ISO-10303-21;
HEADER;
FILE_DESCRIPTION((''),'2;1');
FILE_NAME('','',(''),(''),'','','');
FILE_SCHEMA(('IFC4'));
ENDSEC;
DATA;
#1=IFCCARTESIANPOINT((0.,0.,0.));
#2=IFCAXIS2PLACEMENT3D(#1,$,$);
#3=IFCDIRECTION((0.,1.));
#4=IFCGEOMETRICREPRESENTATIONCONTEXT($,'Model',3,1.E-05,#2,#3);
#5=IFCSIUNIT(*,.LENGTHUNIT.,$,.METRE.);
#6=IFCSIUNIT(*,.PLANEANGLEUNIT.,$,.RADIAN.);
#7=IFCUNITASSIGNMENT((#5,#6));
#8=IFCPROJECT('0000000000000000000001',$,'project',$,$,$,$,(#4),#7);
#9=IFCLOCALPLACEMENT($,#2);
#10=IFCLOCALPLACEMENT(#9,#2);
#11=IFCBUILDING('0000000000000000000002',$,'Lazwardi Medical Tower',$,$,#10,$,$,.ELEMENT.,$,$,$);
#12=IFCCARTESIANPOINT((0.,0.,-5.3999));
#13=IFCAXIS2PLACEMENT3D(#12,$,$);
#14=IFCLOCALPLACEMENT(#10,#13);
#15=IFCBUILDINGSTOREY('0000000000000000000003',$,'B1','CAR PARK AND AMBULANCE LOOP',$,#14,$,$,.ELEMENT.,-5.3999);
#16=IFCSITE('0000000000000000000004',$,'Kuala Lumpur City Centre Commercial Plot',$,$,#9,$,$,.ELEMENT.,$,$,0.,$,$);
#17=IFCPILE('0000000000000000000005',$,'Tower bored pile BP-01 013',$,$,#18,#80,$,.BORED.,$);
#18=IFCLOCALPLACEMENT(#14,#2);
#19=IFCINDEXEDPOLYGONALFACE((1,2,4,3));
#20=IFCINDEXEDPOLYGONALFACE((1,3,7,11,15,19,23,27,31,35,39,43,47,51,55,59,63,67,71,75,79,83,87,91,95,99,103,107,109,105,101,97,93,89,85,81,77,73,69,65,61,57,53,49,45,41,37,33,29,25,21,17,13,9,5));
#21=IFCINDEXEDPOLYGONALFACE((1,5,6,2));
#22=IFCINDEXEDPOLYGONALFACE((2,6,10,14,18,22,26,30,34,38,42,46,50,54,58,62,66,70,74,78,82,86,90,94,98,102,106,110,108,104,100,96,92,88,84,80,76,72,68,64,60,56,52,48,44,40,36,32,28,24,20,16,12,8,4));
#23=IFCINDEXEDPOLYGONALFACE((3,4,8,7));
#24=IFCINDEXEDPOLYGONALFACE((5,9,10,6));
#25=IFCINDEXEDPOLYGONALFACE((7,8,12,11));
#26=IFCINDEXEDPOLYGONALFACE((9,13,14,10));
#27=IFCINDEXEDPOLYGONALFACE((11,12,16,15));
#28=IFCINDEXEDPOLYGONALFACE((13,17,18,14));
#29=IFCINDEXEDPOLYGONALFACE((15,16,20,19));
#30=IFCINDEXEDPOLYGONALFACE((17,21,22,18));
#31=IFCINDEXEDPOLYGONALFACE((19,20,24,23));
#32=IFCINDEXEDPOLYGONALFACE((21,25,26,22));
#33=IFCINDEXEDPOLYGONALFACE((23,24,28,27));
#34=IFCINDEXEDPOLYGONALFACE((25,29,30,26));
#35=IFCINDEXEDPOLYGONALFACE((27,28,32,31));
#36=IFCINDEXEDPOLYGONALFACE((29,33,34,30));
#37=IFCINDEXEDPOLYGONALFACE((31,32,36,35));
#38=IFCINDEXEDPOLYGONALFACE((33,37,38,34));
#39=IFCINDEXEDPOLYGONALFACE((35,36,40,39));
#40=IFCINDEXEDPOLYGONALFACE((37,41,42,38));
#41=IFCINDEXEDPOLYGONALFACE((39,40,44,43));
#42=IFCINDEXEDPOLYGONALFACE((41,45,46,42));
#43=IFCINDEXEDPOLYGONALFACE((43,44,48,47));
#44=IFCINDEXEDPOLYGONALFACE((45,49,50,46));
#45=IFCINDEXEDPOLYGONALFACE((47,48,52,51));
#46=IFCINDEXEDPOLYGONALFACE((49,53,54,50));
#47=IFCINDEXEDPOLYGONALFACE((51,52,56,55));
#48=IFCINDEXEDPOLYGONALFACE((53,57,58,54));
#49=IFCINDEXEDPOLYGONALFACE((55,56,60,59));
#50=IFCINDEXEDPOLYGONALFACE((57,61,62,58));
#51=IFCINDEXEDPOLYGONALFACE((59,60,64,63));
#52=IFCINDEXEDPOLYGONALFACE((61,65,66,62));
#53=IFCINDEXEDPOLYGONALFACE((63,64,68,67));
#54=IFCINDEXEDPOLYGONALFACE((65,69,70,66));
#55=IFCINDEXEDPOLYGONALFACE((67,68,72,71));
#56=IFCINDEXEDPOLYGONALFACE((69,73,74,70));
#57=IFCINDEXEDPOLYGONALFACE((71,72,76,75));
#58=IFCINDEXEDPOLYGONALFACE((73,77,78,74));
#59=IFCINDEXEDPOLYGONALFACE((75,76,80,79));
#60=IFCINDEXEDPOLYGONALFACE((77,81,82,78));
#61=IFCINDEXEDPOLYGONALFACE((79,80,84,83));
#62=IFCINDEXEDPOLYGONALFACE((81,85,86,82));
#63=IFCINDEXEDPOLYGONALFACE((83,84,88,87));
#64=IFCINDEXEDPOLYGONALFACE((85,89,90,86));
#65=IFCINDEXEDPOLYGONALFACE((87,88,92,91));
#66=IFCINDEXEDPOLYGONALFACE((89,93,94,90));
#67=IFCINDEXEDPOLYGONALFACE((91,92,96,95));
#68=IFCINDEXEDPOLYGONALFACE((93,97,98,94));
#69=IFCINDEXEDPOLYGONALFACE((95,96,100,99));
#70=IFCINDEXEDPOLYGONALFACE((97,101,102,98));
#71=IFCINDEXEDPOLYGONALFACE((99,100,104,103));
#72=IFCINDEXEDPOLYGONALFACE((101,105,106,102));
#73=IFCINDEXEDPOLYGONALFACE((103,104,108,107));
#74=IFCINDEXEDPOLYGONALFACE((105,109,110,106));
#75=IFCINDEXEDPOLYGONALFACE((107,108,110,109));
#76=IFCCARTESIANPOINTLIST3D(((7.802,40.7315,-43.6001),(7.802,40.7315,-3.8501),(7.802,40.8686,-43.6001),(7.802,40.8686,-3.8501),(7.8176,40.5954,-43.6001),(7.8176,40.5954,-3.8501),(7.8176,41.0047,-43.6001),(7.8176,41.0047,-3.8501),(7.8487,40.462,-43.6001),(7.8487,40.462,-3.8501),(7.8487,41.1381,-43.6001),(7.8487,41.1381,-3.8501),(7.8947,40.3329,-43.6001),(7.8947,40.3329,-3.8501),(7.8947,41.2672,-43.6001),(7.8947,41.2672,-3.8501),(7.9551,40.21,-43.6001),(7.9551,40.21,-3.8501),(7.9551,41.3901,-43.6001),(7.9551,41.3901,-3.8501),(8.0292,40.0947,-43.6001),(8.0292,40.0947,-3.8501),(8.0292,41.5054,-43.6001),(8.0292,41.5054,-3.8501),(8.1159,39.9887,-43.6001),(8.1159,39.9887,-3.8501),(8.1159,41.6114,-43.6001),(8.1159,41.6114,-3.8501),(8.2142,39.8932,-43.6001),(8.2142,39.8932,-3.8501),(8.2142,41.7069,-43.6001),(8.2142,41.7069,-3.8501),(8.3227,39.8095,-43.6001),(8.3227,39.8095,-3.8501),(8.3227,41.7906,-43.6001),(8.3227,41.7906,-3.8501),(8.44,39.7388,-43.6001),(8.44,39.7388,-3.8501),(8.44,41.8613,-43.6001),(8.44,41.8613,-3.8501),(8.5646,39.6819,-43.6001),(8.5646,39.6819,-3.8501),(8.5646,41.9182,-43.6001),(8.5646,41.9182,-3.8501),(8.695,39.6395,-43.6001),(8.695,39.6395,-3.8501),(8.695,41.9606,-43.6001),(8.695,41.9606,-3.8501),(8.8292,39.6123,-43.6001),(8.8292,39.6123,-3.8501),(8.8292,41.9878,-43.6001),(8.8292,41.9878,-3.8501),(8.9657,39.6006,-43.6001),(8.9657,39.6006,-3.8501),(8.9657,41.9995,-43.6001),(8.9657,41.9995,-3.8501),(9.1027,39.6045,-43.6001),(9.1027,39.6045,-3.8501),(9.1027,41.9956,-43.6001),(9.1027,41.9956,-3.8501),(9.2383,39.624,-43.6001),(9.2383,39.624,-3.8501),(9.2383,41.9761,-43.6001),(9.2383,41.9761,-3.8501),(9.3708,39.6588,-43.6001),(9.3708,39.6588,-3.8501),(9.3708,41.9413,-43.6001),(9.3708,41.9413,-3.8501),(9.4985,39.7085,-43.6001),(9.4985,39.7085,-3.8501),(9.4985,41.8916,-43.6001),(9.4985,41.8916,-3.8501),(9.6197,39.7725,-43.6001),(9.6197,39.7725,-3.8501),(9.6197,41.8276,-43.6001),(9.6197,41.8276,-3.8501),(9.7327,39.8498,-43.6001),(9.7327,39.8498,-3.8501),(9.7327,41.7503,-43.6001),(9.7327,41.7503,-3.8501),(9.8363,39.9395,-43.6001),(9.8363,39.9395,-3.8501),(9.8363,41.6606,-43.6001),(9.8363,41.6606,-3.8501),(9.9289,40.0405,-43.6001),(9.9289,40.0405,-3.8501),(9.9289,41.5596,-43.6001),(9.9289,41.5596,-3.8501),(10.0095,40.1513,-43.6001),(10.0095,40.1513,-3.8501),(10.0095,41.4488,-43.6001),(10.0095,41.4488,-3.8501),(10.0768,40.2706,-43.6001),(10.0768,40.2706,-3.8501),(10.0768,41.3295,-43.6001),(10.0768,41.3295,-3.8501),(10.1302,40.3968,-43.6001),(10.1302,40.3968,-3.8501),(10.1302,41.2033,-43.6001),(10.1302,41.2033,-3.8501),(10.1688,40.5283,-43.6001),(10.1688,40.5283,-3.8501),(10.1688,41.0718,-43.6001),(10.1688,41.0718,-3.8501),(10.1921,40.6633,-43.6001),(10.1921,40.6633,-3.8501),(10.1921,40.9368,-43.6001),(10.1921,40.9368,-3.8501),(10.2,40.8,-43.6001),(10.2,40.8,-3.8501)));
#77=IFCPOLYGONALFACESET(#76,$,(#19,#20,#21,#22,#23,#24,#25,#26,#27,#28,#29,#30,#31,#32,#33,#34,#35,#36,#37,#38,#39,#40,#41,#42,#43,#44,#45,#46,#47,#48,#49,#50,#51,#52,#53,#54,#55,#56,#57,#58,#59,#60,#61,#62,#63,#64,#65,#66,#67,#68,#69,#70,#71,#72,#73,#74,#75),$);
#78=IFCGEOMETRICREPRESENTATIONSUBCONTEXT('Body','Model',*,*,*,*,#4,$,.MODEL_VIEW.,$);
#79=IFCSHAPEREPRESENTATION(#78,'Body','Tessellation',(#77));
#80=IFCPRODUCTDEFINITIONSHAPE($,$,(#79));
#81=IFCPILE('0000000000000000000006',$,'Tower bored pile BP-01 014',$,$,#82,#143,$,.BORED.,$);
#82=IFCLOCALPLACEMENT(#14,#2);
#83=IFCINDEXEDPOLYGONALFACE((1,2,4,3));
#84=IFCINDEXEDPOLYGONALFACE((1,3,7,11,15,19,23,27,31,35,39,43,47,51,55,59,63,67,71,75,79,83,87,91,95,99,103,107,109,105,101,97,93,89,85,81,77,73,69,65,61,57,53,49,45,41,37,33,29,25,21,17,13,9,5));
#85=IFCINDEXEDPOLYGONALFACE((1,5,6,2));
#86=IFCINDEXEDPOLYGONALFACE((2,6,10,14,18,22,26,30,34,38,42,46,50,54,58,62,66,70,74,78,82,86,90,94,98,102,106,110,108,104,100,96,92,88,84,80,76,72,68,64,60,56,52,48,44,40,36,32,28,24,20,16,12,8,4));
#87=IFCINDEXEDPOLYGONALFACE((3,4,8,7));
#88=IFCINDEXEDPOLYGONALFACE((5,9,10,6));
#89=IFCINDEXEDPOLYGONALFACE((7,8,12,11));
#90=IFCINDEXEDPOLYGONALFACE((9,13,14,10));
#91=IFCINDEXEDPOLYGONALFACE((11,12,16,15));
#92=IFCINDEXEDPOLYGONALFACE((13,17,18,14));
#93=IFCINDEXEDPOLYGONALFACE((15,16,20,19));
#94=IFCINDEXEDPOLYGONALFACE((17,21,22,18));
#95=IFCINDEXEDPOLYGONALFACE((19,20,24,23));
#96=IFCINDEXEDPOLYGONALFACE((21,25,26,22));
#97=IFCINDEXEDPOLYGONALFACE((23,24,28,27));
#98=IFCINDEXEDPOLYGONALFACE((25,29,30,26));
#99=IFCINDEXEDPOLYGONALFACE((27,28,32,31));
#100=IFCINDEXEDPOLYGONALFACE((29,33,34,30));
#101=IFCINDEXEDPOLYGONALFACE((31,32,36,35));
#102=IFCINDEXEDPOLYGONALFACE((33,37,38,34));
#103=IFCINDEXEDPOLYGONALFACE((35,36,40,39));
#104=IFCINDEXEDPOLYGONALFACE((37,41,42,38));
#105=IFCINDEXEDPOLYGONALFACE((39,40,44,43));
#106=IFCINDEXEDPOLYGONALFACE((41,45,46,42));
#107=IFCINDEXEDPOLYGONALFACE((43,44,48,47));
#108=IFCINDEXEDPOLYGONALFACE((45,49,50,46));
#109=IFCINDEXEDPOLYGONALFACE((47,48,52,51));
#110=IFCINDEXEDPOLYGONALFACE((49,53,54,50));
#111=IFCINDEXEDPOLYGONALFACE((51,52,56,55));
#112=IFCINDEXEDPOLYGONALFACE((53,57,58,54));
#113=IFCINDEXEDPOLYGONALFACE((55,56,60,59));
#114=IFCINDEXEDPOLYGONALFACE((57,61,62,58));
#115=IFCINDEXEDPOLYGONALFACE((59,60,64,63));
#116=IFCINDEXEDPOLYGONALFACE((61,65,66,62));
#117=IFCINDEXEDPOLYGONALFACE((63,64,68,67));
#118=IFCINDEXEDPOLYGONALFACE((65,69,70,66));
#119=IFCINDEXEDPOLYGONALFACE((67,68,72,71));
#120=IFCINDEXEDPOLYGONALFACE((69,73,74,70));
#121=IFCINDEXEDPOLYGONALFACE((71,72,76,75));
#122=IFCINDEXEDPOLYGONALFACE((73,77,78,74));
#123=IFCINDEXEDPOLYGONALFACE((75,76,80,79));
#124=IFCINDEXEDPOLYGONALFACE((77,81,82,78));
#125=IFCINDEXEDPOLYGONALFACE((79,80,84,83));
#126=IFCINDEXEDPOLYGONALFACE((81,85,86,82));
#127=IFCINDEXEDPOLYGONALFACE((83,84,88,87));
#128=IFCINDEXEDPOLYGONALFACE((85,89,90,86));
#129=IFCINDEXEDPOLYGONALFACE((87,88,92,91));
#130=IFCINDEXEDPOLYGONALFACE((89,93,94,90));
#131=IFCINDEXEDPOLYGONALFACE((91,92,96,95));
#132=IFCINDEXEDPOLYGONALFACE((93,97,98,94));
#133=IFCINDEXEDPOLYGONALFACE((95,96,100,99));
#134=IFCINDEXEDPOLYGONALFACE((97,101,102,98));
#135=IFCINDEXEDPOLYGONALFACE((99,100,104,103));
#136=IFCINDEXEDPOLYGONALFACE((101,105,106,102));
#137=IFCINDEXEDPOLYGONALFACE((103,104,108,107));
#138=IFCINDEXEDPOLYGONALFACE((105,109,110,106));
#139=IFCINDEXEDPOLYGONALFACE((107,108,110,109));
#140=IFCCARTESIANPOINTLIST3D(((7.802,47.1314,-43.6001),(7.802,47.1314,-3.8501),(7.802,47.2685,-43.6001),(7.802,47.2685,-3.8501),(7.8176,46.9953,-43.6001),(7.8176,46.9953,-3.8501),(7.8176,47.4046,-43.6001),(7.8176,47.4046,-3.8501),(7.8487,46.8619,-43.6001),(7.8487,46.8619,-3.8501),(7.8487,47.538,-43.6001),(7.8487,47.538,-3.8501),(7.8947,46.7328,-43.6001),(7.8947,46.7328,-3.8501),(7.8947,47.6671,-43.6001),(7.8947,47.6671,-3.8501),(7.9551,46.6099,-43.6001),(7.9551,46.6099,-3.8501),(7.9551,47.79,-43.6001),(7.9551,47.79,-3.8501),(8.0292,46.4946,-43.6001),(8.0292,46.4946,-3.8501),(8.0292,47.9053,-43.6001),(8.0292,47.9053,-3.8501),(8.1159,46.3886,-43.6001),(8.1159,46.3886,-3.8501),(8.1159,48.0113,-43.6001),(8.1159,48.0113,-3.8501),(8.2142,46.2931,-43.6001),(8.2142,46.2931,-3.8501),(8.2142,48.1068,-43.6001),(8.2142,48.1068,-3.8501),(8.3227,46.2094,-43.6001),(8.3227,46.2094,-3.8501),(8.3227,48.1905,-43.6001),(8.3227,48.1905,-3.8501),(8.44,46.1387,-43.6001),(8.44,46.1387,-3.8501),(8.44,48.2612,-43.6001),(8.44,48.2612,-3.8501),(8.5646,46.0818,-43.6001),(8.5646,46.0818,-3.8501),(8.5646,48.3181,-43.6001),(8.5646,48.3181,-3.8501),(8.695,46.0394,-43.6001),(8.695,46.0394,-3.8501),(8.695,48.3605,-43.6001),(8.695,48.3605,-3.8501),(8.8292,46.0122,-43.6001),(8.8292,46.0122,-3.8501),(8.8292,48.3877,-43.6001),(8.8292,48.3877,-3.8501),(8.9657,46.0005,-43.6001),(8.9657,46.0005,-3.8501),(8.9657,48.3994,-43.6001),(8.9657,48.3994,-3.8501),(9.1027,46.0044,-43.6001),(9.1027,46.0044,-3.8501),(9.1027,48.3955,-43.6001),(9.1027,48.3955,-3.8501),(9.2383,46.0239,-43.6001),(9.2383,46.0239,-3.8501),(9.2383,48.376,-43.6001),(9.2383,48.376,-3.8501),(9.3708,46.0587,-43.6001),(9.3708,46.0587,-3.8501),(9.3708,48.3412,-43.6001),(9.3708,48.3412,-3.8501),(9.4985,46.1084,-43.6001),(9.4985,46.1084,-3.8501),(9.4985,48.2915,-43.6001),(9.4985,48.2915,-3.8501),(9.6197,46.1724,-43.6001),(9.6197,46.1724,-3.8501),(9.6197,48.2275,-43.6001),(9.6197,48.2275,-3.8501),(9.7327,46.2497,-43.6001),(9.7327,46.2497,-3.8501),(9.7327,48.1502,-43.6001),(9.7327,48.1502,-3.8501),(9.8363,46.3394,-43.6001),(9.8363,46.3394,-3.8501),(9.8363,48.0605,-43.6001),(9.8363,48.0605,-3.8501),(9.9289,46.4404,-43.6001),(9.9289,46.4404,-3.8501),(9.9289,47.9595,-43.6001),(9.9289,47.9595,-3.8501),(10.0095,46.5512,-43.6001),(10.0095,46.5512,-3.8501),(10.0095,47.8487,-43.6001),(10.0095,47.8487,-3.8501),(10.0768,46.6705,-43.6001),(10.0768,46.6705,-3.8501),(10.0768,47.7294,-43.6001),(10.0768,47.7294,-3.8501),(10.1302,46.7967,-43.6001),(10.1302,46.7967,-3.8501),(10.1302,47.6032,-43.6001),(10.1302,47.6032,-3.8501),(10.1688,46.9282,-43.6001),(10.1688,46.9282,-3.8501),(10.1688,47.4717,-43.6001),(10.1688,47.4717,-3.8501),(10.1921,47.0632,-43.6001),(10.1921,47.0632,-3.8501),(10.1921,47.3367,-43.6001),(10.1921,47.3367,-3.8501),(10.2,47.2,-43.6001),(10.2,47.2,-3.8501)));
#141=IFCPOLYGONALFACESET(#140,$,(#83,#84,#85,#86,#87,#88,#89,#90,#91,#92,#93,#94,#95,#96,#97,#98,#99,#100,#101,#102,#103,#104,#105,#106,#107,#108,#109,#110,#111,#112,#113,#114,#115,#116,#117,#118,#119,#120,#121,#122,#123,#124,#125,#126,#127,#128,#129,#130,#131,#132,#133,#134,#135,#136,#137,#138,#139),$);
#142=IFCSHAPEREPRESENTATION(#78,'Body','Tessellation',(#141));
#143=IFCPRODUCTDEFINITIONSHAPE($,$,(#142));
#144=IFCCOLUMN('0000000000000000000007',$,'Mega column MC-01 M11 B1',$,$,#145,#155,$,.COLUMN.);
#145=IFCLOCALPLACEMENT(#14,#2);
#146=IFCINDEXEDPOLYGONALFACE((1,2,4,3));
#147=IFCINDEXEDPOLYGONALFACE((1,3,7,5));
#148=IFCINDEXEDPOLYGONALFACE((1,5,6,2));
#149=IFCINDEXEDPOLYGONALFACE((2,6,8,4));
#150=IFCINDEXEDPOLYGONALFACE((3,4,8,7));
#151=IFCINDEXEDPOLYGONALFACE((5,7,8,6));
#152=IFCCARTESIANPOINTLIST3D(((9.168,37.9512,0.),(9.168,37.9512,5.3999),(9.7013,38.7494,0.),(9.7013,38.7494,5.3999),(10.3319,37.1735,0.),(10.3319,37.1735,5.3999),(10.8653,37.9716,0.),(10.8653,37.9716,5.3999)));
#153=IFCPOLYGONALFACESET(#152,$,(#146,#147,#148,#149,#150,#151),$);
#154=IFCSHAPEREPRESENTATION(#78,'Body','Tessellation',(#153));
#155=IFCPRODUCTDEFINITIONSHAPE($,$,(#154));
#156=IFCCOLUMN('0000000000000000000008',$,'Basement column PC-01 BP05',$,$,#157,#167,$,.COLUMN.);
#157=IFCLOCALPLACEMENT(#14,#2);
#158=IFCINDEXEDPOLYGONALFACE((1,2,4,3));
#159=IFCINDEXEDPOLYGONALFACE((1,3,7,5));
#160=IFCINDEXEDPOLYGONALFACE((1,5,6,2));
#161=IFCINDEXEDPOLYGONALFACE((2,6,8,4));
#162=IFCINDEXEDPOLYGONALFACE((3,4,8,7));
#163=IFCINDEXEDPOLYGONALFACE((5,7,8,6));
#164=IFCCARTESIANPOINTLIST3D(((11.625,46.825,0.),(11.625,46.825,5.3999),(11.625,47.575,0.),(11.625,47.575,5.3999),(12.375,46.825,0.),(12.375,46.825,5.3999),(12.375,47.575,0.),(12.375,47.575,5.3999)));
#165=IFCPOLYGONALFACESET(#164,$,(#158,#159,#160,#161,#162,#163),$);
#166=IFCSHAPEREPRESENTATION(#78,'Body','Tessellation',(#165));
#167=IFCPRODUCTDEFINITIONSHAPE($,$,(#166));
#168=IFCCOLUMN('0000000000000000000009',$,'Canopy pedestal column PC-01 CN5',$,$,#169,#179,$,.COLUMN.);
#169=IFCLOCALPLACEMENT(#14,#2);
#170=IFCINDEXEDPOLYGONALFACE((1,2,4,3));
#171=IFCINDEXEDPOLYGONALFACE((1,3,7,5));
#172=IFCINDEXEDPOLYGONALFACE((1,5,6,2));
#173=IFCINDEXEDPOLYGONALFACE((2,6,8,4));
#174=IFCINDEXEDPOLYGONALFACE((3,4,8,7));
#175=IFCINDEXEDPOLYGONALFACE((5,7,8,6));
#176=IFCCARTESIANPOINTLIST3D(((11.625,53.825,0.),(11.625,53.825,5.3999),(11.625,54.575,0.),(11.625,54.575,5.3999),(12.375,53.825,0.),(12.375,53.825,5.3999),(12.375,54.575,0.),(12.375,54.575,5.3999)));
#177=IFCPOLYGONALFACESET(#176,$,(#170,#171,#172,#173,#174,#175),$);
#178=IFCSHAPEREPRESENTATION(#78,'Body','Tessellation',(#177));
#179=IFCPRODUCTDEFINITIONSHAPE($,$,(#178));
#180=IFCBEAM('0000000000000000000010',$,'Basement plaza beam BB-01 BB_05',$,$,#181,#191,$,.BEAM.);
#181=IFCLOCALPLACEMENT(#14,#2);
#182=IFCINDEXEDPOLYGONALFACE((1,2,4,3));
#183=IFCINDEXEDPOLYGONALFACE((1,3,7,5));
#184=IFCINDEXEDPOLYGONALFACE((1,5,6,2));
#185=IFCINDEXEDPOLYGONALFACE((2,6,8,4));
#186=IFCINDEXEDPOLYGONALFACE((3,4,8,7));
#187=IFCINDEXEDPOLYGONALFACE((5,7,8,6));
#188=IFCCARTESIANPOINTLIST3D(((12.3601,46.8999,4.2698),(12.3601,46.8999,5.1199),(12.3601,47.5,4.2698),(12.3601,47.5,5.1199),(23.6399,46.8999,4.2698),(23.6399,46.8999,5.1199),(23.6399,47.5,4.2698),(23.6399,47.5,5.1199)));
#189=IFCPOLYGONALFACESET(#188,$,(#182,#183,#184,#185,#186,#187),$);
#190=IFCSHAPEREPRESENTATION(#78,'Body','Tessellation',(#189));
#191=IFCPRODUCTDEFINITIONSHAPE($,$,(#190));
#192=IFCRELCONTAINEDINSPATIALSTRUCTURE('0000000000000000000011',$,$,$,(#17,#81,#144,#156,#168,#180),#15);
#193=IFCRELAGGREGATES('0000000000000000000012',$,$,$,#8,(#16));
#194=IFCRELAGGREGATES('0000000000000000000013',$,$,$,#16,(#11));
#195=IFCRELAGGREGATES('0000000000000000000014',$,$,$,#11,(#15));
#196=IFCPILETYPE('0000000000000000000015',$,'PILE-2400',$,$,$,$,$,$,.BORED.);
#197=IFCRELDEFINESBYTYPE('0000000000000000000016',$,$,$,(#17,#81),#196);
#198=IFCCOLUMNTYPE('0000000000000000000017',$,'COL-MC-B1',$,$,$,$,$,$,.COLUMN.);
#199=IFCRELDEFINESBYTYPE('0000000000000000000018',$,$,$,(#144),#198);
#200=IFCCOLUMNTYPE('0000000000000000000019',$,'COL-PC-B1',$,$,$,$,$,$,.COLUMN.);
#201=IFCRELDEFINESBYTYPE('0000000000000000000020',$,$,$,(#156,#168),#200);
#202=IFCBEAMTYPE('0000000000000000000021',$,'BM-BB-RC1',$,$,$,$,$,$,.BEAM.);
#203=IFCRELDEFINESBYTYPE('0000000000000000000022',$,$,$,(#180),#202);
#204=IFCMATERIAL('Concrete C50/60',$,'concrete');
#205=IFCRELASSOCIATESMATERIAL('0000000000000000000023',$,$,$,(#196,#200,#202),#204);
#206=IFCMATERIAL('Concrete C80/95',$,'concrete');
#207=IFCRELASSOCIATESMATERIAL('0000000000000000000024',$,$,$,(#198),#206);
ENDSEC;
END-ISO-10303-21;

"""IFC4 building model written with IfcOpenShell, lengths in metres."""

from ifc_helpers import new_model, si_unit, direction, frame, origin, origin_2d, place, context, subcontext, project, spatial, rectangle, circle, extrude, material, material_profile, profile_set, type_object, element, save


model = new_model("IFC4")

# Units and contexts
model_context = context("Model", 3, precision=1e-05, world=origin(), true_north=direction((0.0, 1.0)))
body_context = subcontext(model_context, "Body", "Model", "MODEL_VIEW")
ifc_project = project(units=[si_unit("LENGTHUNIT", "METRE"), si_unit("PLANEANGLEUNIT", "RADIAN")], contexts=[model_context])

# Site, building, storey
site_placement = place(None, origin())
site = spatial("IfcSite", under=ifc_project, at=site_placement, Name="Kuala Lumpur City Centre Commercial Plot", CompositionType="ELEMENT", RefElevation=0.0)
building_placement = place(site_placement, origin())
building = spatial("IfcBuilding", under=site, at=building_placement, Name="Lazwardi Medical Tower", CompositionType="ELEMENT")
storey_placement = place(building_placement, frame((0.0, 0.0, -5.3999)))
storey = spatial("IfcBuildingStorey", under=building, at=storey_placement, Name="B1", Description="CAR PARK AND AMBULANCE LOOP", CompositionType="ELEMENT", Elevation=-5.3999)

# Piles
ifc_material_1 = material(Name="Concrete C50/60", Category="concrete")
ifc_material_profile_1 = material_profile(ifc_material_1, circle(Radius=1.2, at=origin_2d()), Name="BORED PILE D2400")
ifc_profile_set_1 = profile_set([ifc_material_profile_1], Name="Concrete C50/60")
pile_type_1 = type_object("IfcPileType", Name="PILE-2400", PredefinedType="BORED", material=ifc_profile_set_1)
for number, where, z_axis, x_axis, name in (
    (1, (9.0, 40.8, -3.8501), (0.0, 0.0, -1.0), (1.0, 0.0, 0.0), "Tower bored pile BP-01 013"),
    (2, (9.0, 47.2, -3.8501), (0.0, 0.0, -1.0), (1.0, 0.0, 0.0), "Tower bored pile BP-01 014"),
):
    element("IfcPile", number, at=place(storey_placement, frame(where, z_axis=z_axis, x_axis=x_axis)), inside=storey, type_object=pile_type_1, Name=name, PredefinedType="BORED", context=body_context, shape_type="SweptSolid", body=[
        extrude(circle(Radius=1.2, at=origin_2d()), origin(), (0.0, 0.0, 1.0), 39.75),
    ])

# Columns
ifc_material_2 = material(Name="Concrete C80/95", Category="concrete")
ifc_material_profile_2 = material_profile(ifc_material_2, rectangle(XDim=1.3999, YDim=0.96, at=origin_2d()), Name="CFT-RECT 1400x960")
ifc_profile_set_2 = profile_set([ifc_material_profile_2], Name="Concrete C80/95")
column_type_1 = type_object("IfcColumnType", Name="COL-MC-B1", PredefinedType="COLUMN", material=ifc_profile_set_2)
column_placement = place(storey_placement, frame((10.0166, 37.9614, 0.0), z_axis=(0.0, 0.0, 1.0), x_axis=(-0.83147, 0.55557, 0.0)))
element("IfcColumn", 3, at=column_placement, inside=storey, type_object=column_type_1, Name="Mega column MC-01 M11 B1", PredefinedType="COLUMN", context=body_context, shape_type="SweptSolid", body=[
    extrude(rectangle(XDim=1.3999, YDim=0.96, at=origin_2d()), origin(), (0.0, 0.0, 1.0), 5.3999),
])
ifc_material_profile_3 = material_profile(ifc_material_1, rectangle(XDim=0.75, YDim=0.75, at=origin_2d()), Name="RC 750x750")
ifc_profile_set_3 = profile_set([ifc_material_profile_3], Name="Concrete C50/60")
column_type_2 = type_object("IfcColumnType", Name="COL-PC-B1", PredefinedType="COLUMN", material=ifc_profile_set_3)
for number, where, z_axis, x_axis, name in (
    (4, (12.0, 47.2, 0.0), (0.0, 0.0, 1.0), (1.0, 0.0, 0.0), "Basement column PC-01 BP05"),
    (5, (12.0, 54.2, 0.0), (0.0, 0.0, 1.0), (1.0, 0.0, 0.0), "Canopy pedestal column PC-01 CN5"),
):
    element("IfcColumn", number, at=place(storey_placement, frame(where, z_axis=z_axis, x_axis=x_axis)), inside=storey, type_object=column_type_2, Name=name, PredefinedType="COLUMN", context=body_context, shape_type="SweptSolid", body=[
        extrude(rectangle(XDim=0.75, YDim=0.75, at=origin_2d()), origin(), (0.0, 0.0, 1.0), 5.3999),
    ])

# Beam
ifc_material_profile_4 = material_profile(ifc_material_1, rectangle(XDim=0.6001, YDim=0.8501, at=origin_2d()), Name="RC 600x850")
ifc_profile_set_4 = profile_set([ifc_material_profile_4], Name="Concrete C50/60")
beam_type_1 = type_object("IfcBeamType", Name="BM-BB-RC1", PredefinedType="BEAM", material=ifc_profile_set_4)
beam_1_placement = place(storey_placement, frame((12.3601, 47.2, 4.6948), z_axis=(1.0, 0.0, 0.0), x_axis=(0.0, 1.0, 0.0)))
element("IfcBeam", 6, at=beam_1_placement, inside=storey, type_object=beam_type_1, Name="Basement plaza beam BB-01 BB_05", PredefinedType="BEAM", context=body_context, shape_type="SweptSolid", body=[
    extrude(rectangle(XDim=0.6001, YDim=0.8501, at=origin_2d()), origin(), (0.0, 0.0, 1.0), 11.2798),
])

save(model, "model.ifc")
